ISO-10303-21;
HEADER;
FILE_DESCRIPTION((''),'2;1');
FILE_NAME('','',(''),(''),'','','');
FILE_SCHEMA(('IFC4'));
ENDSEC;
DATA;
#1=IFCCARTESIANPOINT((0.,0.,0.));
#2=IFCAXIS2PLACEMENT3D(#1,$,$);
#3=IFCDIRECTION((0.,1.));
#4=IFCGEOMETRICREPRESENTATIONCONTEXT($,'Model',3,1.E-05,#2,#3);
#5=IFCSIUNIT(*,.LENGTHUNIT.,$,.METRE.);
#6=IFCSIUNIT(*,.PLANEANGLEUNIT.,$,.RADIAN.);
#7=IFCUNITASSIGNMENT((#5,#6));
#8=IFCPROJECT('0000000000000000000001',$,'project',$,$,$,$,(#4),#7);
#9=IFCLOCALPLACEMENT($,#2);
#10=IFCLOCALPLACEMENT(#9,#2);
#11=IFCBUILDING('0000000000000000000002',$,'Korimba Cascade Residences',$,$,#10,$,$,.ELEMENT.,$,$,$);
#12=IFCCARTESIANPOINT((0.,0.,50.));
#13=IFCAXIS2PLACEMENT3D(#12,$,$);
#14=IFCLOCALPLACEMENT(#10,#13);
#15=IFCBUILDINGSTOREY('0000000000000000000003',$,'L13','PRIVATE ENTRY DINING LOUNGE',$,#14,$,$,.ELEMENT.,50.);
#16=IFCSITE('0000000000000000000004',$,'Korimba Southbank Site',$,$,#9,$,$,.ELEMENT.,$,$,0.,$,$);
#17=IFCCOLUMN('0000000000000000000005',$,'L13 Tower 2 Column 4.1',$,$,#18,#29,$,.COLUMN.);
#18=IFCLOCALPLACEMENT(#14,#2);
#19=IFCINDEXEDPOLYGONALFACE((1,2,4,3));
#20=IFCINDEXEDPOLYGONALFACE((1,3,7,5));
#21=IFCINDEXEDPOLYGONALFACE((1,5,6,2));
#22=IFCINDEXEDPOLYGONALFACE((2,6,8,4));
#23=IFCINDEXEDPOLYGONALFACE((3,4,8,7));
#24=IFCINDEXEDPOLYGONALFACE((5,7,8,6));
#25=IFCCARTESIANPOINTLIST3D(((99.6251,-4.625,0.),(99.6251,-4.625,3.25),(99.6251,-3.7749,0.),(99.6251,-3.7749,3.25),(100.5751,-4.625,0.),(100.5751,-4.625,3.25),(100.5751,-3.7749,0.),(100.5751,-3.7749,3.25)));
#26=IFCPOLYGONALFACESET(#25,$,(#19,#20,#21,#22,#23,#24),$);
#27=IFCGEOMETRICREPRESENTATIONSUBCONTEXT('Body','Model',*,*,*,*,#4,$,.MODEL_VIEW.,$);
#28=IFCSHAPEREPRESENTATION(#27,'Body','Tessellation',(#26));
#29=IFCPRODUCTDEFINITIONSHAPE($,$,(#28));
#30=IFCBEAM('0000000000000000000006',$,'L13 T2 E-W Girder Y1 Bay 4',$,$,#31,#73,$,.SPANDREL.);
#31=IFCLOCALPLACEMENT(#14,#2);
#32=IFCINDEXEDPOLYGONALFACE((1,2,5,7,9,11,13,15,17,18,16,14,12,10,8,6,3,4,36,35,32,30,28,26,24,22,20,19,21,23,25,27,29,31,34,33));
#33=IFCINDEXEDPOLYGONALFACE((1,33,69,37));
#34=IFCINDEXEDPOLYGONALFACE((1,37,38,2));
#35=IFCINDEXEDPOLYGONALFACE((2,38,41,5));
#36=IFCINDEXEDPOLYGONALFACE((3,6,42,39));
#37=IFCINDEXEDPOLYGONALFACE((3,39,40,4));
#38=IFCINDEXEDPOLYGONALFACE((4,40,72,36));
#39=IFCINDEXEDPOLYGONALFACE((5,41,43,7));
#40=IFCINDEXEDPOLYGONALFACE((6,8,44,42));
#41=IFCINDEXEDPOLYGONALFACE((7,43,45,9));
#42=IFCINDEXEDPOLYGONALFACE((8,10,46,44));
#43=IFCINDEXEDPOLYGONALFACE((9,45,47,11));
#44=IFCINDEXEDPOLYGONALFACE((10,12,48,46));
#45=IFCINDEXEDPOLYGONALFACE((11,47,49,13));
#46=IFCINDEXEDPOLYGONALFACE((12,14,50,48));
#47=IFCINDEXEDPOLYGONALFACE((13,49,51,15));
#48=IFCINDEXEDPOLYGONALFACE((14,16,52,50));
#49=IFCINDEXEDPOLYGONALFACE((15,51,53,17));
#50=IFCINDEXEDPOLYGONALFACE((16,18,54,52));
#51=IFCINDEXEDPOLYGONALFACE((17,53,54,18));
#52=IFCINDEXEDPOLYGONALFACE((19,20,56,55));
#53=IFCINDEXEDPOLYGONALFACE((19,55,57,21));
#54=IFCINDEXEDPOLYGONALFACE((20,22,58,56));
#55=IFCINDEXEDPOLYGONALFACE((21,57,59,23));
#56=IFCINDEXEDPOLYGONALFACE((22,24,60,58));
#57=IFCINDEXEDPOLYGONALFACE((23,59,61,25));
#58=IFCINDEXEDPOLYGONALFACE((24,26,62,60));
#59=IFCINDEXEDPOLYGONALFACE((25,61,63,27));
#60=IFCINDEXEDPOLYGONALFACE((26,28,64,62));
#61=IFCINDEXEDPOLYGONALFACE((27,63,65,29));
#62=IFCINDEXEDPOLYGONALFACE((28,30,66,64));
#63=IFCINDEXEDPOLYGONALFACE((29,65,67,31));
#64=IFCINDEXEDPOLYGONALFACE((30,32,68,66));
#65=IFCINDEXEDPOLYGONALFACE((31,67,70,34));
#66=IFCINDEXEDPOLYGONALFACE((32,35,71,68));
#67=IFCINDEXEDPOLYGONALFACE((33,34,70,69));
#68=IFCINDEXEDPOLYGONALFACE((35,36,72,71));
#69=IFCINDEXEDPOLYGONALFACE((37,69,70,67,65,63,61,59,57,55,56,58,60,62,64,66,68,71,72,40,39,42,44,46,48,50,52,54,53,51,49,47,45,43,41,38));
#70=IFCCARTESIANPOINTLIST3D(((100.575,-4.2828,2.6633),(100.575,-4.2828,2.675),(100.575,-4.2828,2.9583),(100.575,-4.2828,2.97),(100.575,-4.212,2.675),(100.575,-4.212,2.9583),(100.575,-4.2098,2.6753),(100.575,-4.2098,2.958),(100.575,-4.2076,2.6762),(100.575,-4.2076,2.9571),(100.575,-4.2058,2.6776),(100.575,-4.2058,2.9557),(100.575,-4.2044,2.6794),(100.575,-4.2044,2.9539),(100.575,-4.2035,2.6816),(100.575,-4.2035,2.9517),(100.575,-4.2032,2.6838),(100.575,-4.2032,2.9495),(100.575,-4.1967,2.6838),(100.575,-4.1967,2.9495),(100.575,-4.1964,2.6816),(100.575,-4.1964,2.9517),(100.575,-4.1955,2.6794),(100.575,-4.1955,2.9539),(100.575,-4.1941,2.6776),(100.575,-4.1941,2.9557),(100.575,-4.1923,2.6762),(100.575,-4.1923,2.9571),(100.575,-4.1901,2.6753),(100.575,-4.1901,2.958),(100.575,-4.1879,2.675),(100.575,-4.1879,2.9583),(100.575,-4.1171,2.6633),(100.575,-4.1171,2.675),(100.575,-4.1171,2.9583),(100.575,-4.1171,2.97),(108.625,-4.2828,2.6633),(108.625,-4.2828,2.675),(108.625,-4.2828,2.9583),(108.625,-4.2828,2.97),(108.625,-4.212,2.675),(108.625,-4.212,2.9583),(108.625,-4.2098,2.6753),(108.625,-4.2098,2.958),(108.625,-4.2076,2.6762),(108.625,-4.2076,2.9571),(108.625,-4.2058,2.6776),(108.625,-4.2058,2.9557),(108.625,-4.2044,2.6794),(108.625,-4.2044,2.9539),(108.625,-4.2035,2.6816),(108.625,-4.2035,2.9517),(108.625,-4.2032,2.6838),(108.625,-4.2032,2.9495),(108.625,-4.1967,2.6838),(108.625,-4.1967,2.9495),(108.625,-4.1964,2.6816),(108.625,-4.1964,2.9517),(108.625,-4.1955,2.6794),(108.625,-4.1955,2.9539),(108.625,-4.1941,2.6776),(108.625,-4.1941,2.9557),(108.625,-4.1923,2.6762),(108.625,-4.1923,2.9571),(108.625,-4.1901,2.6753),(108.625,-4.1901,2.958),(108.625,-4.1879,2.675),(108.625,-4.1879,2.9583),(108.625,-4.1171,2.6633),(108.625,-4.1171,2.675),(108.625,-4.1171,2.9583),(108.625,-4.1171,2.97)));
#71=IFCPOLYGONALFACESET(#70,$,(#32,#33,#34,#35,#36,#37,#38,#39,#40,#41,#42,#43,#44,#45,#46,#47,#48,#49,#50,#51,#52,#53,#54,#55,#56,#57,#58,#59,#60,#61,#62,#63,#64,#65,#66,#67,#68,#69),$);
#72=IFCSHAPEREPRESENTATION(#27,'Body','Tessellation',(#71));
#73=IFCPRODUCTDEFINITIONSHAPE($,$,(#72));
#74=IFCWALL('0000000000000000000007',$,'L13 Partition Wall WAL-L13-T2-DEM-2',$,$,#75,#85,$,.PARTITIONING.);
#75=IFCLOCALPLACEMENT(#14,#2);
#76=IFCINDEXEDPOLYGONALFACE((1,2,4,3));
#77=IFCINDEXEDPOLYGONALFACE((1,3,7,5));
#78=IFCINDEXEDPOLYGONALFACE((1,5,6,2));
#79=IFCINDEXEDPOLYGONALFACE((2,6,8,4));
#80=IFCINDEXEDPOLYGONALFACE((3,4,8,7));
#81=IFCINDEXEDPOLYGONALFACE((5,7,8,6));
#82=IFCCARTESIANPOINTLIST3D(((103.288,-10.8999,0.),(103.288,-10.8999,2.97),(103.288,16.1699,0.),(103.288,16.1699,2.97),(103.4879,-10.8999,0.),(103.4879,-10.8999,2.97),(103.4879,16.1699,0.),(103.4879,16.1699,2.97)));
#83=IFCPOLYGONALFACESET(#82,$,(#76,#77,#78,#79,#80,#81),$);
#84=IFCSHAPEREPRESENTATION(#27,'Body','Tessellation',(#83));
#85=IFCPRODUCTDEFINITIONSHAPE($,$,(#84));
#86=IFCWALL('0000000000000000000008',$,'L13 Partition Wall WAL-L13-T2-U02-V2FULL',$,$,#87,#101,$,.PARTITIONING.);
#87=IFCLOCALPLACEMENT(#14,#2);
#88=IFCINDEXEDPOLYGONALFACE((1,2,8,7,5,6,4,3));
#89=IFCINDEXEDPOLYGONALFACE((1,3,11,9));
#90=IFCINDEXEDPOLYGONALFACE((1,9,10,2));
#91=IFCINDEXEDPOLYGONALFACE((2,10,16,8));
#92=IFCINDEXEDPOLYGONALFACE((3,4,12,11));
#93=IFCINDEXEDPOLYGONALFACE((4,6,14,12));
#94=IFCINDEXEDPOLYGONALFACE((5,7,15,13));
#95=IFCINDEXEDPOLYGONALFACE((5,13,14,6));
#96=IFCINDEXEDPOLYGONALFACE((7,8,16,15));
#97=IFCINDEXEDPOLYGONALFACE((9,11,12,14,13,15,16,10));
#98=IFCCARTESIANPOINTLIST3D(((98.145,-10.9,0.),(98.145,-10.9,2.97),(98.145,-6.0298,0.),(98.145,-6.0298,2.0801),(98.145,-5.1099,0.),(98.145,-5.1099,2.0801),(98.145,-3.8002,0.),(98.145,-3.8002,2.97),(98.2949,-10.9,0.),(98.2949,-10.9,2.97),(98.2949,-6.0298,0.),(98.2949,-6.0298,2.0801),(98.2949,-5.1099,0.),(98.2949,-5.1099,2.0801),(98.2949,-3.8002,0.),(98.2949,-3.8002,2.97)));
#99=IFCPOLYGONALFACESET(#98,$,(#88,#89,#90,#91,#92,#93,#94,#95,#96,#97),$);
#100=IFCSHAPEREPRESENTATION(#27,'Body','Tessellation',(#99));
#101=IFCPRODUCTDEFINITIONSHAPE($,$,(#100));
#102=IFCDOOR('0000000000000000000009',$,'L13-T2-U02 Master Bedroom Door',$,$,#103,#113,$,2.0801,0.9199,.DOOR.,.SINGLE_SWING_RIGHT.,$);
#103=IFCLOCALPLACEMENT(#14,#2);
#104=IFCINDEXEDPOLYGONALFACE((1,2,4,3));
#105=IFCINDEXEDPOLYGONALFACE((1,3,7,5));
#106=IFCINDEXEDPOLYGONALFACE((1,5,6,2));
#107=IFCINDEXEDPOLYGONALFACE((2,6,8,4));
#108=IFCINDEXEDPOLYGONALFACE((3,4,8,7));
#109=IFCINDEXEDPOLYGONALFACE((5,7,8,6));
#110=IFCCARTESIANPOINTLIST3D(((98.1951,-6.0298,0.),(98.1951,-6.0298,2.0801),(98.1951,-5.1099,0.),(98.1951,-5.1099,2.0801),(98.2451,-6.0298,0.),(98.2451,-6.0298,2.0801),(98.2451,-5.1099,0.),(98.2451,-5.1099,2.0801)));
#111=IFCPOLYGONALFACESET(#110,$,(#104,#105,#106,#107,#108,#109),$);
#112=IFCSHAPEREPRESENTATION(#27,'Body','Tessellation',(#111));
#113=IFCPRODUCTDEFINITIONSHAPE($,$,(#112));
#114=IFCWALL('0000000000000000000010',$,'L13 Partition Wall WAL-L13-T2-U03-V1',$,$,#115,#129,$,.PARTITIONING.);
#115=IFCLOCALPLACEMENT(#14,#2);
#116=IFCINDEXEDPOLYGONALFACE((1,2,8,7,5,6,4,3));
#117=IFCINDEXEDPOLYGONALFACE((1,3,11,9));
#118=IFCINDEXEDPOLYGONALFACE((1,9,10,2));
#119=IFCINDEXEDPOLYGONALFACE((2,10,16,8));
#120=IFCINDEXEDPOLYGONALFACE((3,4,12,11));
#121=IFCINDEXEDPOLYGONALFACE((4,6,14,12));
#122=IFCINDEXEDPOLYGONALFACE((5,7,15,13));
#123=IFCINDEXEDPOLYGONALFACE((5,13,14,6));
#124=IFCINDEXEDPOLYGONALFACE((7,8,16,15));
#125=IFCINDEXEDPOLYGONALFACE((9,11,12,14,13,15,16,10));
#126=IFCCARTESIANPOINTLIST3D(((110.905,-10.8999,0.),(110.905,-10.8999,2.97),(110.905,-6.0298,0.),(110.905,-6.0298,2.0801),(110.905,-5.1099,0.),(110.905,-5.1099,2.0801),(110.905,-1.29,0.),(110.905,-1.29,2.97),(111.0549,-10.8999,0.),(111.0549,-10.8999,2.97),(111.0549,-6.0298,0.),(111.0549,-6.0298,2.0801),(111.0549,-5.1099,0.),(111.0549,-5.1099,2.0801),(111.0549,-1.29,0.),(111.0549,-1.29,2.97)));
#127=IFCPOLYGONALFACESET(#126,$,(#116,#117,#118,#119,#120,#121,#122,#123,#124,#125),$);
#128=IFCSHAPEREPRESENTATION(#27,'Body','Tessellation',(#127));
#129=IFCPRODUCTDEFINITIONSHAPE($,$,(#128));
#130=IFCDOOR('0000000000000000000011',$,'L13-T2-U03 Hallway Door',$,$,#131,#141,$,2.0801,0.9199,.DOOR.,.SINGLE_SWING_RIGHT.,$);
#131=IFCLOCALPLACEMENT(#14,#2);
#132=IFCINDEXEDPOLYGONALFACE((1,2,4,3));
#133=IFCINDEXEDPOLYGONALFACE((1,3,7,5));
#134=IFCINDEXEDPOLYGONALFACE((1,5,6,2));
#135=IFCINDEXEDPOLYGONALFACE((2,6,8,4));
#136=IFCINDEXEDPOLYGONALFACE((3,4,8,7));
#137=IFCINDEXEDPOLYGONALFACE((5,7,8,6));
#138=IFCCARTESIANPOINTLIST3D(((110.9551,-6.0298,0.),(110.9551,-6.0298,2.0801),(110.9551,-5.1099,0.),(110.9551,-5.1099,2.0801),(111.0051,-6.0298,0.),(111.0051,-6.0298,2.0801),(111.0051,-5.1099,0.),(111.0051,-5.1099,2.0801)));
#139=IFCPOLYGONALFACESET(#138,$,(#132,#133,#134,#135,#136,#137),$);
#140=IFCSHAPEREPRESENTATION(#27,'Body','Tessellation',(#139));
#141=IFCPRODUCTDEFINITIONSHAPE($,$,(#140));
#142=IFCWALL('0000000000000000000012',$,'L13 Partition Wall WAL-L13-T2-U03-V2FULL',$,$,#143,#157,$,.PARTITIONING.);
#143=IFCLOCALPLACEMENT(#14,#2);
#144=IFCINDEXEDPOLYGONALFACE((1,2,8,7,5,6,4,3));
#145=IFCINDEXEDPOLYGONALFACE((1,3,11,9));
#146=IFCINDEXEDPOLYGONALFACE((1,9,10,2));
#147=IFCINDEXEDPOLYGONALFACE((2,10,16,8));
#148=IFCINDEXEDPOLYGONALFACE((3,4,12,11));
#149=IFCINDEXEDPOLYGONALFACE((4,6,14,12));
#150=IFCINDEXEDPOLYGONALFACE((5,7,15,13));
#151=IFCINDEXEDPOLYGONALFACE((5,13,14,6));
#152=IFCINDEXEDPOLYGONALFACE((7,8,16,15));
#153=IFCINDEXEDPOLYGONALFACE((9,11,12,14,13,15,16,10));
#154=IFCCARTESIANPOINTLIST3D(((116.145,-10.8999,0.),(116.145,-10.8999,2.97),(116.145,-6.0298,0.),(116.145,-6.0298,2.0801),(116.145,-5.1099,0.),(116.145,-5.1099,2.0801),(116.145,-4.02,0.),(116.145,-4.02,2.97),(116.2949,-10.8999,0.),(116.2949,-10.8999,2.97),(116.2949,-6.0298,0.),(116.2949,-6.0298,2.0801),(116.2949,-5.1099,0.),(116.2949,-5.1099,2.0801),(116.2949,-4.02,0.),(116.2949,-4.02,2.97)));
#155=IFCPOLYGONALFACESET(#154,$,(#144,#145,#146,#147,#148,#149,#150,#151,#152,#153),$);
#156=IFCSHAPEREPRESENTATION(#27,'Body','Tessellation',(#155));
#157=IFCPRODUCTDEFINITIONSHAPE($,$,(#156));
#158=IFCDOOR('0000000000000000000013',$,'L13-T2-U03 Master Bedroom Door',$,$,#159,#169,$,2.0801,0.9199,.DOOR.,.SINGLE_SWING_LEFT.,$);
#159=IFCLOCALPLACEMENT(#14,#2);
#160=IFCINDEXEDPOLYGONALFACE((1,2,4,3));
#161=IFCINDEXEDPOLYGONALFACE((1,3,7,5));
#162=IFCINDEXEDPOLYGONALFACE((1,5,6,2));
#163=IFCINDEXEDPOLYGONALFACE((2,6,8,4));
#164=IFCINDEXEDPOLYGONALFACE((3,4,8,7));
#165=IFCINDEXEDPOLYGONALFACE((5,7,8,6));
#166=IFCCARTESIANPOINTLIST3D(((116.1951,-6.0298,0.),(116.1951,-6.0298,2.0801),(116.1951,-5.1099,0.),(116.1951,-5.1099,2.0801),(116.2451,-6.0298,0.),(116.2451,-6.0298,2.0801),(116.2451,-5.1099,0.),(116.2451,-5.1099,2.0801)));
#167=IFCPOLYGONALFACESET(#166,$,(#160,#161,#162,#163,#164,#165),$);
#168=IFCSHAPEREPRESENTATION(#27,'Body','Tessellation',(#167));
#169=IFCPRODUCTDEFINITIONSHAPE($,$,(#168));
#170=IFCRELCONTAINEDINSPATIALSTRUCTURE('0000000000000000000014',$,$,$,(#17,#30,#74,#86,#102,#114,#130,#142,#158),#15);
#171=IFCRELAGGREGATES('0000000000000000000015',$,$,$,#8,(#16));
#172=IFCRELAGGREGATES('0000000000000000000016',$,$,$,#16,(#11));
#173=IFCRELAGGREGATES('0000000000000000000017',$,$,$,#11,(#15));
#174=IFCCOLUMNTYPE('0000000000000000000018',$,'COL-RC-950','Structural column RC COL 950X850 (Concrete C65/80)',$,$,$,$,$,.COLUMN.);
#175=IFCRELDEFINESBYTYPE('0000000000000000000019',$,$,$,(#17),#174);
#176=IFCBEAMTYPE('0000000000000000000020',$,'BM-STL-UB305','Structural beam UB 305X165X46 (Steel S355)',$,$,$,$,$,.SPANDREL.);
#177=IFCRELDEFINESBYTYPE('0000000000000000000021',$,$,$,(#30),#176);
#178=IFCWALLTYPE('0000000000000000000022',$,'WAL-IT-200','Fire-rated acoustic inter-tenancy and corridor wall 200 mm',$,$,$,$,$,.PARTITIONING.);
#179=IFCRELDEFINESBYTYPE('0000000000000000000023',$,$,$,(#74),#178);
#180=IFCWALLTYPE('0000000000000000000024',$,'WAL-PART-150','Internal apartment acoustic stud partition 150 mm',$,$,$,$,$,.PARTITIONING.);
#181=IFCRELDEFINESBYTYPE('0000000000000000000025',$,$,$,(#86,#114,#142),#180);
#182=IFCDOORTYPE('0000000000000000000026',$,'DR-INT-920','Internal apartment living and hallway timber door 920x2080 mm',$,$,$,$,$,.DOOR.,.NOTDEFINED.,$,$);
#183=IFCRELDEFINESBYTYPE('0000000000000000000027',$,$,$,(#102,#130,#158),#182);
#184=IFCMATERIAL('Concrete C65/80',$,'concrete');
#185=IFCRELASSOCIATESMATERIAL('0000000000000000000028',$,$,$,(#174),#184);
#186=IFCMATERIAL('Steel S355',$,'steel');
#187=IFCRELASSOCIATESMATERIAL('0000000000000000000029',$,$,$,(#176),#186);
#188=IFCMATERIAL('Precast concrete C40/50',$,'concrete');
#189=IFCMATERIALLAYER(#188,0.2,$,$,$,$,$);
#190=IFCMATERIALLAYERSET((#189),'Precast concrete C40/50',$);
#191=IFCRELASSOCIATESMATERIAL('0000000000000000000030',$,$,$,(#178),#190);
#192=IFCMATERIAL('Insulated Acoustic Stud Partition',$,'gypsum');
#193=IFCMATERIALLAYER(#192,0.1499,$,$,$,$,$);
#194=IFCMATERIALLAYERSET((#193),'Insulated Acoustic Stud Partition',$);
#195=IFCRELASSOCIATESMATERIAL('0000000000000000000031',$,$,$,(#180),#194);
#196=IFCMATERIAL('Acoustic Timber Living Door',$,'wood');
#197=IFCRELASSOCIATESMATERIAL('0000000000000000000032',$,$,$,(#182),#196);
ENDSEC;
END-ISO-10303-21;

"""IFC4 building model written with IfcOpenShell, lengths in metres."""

from ifc_helpers import new_model, si_unit, direction, frame, frame_2d, origin, origin_2d, place, context, subcontext, project, spatial, rectangle, i_section, extrude, material, layer, layer_set, material_profile, profile_set, type_object, element, fill, save


model = new_model("IFC4")

# Units and contexts
model_context = context("Model", 3, precision=1e-05, world=origin(), true_north=direction((0.0, 1.0)))
body_context = subcontext(model_context, "Body", "Model", "MODEL_VIEW")
ifc_project = project(units=[si_unit("LENGTHUNIT", "METRE"), si_unit("PLANEANGLEUNIT", "RADIAN")], contexts=[model_context])

# Site, building, storey
site_placement = place(None, origin())
site = spatial("IfcSite", under=ifc_project, at=site_placement, Name="Korimba Southbank Site", CompositionType="ELEMENT", RefElevation=0.0)
building_placement = place(site_placement, origin())
building = spatial("IfcBuilding", under=site, at=building_placement, Name="Korimba Cascade Residences", CompositionType="ELEMENT")
storey_placement = place(building_placement, frame((0.0, 0.0, 50.0)))
storey = spatial("IfcBuildingStorey", under=building, at=storey_placement, Name="L13", Description="PRIVATE ENTRY DINING LOUNGE", CompositionType="ELEMENT", Elevation=50.0)

# Column
ifc_material_1 = material(Name="Concrete C65/80", Category="concrete")
ifc_material_profile_1 = material_profile(ifc_material_1, rectangle(XDim=0.95, YDim=0.8501, at=origin_2d()), Name="Concrete C65/80")
ifc_profile_set_1 = profile_set([ifc_material_profile_1], Name="Concrete C65/80")
column_type = type_object("IfcColumnType", Name="COL-RC-950", Description="Structural column RC COL 950X850 (Concrete C65/80)", PredefinedType="COLUMN", material=ifc_profile_set_1)
column_placement = place(storey_placement, frame((100.1001, -4.2, 0.0), z_axis=(0.0, 0.0, 1.0), x_axis=(1.0, 0.0, 0.0)))
element("IfcColumn", 1, at=column_placement, inside=storey, type_object=column_type, Name="L13 Tower 2 Column 4.1", PredefinedType="COLUMN", context=body_context, shape_type="SweptSolid", body=[
    extrude(rectangle(XDim=0.95, YDim=0.8501, at=origin_2d()), origin(), (0.0, 0.0, 1.0), 3.25),
])

# Beam
ifc_material_2 = material(Name="Steel S355", Category="steel")
ifc_material_profile_2 = material_profile(ifc_material_2, i_section(OverallWidth=0.1658, OverallDepth=0.3066, WebThickness=0.0066, FlangeThickness=0.0117, FilletRadius=0.0088, at=origin_2d()), Name="Steel S355")
ifc_profile_set_2 = profile_set([ifc_material_profile_2], Name="Steel S355")
beam_type = type_object("IfcBeamType", Name="BM-STL-UB305", Description="Structural beam UB 305X165X46 (Steel S355)", PredefinedType="SPANDREL", material=ifc_profile_set_2)
beam_placement = place(storey_placement, frame((100.575, -4.2, 2.8167), z_axis=(1.0, 0.0, 0.0), x_axis=(0.0, 1.0, 0.0)))
element("IfcBeam", 2, at=beam_placement, inside=storey, type_object=beam_type, Name="L13 T2 E-W Girder Y1 Bay 4", PredefinedType="SPANDREL", context=body_context, shape_type="SweptSolid", body=[
    extrude(i_section(OverallWidth=0.1658, OverallDepth=0.3066, WebThickness=0.0066, FlangeThickness=0.0117, FilletRadius=0.0088, at=origin_2d()), origin(), (0.0, 0.0, 1.0), 8.05),
])

# Wall
ifc_material_3 = material(Name="Precast concrete C40/50", Category="concrete")
ifc_layer_1 = layer(ifc_material_3, 0.2)
ifc_layer_set_1 = layer_set([ifc_layer_1], Name="Precast concrete C40/50")
wall_type_1 = type_object("IfcWallType", Name="WAL-IT-200", Description="Fire-rated acoustic inter-tenancy and corridor wall 200 mm", PredefinedType="PARTITIONING", material=ifc_layer_set_1)
wall_1_placement = place(storey_placement, frame((103.3879, -10.8999, 0.0), z_axis=(0.0, 0.0, 1.0), x_axis=(0.0, 1.0, 0.0)))
element("IfcWall", 3, at=wall_1_placement, inside=storey, type_object=wall_type_1, Name="L13 Partition Wall WAL-L13-T2-DEM-2", PredefinedType="PARTITIONING", context=body_context, shape_type="SweptSolid", body=[
    extrude(rectangle(XDim=27.0698, YDim=0.2, at=frame_2d((13.5349, 0.0))), origin(), (0.0, 0.0, 1.0), 2.97),
])

# Walls, openings, doors
ifc_material_4 = material(Name="Insulated Acoustic Stud Partition", Category="gypsum")
ifc_layer_2 = layer(ifc_material_4, 0.1499)
ifc_layer_set_2 = layer_set([ifc_layer_2], Name="Insulated Acoustic Stud Partition")
wall_type_2 = type_object("IfcWallType", Name="WAL-PART-150", Description="Internal apartment acoustic stud partition 150 mm", PredefinedType="PARTITIONING", material=ifc_layer_set_2)
wall_2_placement = place(storey_placement, frame((98.22, -10.8999, 0.0), z_axis=(0.0, 0.0, 1.0), x_axis=(0.0, 1.0, 0.0)))
wall_2 = element("IfcWall", 4, at=wall_2_placement, inside=storey, type_object=wall_type_2, Name="L13 Partition Wall WAL-L13-T2-U02-V2FULL", PredefinedType="PARTITIONING", context=body_context, shape_type="SweptSolid", body=[
    extrude(rectangle(XDim=7.0999, YDim=0.1499, at=frame_2d((3.5498, 0.0))), origin(), (0.0, 0.0, 1.0), 2.97),
])
opening_1_placement = place(wall_2_placement, frame((4.8701, 0.0, 0.0)))
opening_1 = element("IfcOpeningElement", 5, at=opening_1_placement, cuts=wall_2, PredefinedType="OPENING", context=body_context, shape_type="SweptSolid", body=[
    extrude(rectangle(XDim=0.9199, YDim=2.0801, at=frame_2d((0.46, 1.04))), frame((0.0, 0.085, 0.0), z_axis=(0.0, -1.0, 0.0), x_axis=(1.0, 0.0, 0.0)), (0.0, 0.0, 1.0), 0.1699),
])
ifc_material_5 = material(Name="Acoustic Timber Living Door", Category="wood")
door_type_1 = type_object("IfcDoorType", Name="DR-INT-920", Description="Internal apartment living and hallway timber door 920x2080 mm", OperationType="NOTDEFINED", PredefinedType="DOOR", material=ifc_material_5)
door_1_placement = place(opening_1_placement, origin())
door_1 = element("IfcDoor", 6, at=door_1_placement, inside=storey, type_object=door_type_1, Name="L13-T2-U02 Master Bedroom Door", OperationType="SINGLE_SWING_RIGHT", OverallHeight=2.0801, OverallWidth=0.9199, PredefinedType="DOOR", context=body_context, shape_type="SweptSolid", body=[
    extrude(rectangle(XDim=0.9199, YDim=2.0801, at=frame_2d((0.46, 1.04))), frame((0.0, 0.0249, 0.0), z_axis=(0.0, -1.0, 0.0), x_axis=(1.0, 0.0, 0.0)), (0.0, 0.0, 1.0), 0.05),
])
fill(opening_1, door_1)
wall_3_placement = place(storey_placement, frame((110.98, -10.8999, 0.0), z_axis=(0.0, 0.0, 1.0), x_axis=(0.0, 1.0, 0.0)))
wall_3 = element("IfcWall", 7, at=wall_3_placement, inside=storey, type_object=wall_type_2, Name="L13 Partition Wall WAL-L13-T2-U03-V1", PredefinedType="PARTITIONING", context=body_context, shape_type="SweptSolid", body=[
    extrude(rectangle(XDim=9.6099, YDim=0.1499, at=frame_2d((4.8049, 0.0))), origin(), (0.0, 0.0, 1.0), 2.97),
])
opening_2_placement = place(wall_3_placement, frame((4.8701, 0.0, 0.0)))
opening_2 = element("IfcOpeningElement", 8, at=opening_2_placement, cuts=wall_3, PredefinedType="OPENING", context=body_context, shape_type="SweptSolid", body=[
    extrude(rectangle(XDim=0.9199, YDim=2.0801, at=frame_2d((0.46, 1.04))), frame((0.0, 0.085, 0.0), z_axis=(0.0, -1.0, 0.0), x_axis=(1.0, 0.0, 0.0)), (0.0, 0.0, 1.0), 0.1699),
])
door_2_placement = place(opening_2_placement, origin())
door_2 = element("IfcDoor", 9, at=door_2_placement, inside=storey, type_object=door_type_1, Name="L13-T2-U03 Hallway Door", OperationType="SINGLE_SWING_RIGHT", OverallHeight=2.0801, OverallWidth=0.9199, PredefinedType="DOOR", context=body_context, shape_type="SweptSolid", body=[
    extrude(rectangle(XDim=0.9199, YDim=2.0801, at=frame_2d((0.46, 1.04))), frame((0.0, 0.0249, 0.0), z_axis=(0.0, -1.0, 0.0), x_axis=(1.0, 0.0, 0.0)), (0.0, 0.0, 1.0), 0.05),
])
fill(opening_2, door_2)
wall_4_placement = place(storey_placement, frame((116.22, -10.8999, 0.0), z_axis=(0.0, 0.0, 1.0), x_axis=(0.0, 1.0, 0.0)))
wall_4 = element("IfcWall", 10, at=wall_4_placement, inside=storey, type_object=wall_type_2, Name="L13 Partition Wall WAL-L13-T2-U03-V2FULL", PredefinedType="PARTITIONING", context=body_context, shape_type="SweptSolid", body=[
    extrude(rectangle(XDim=6.8799, YDim=0.1499, at=frame_2d((3.4399, 0.0))), origin(), (0.0, 0.0, 1.0), 2.97),
])
opening_3_placement = place(wall_4_placement, frame((4.8701, 0.0, 0.0)))
opening_3 = element("IfcOpeningElement", 11, at=opening_3_placement, cuts=wall_4, PredefinedType="OPENING", context=body_context, shape_type="SweptSolid", body=[
    extrude(rectangle(XDim=0.9199, YDim=2.0801, at=frame_2d((0.46, 1.04))), frame((0.0, 0.085, 0.0), z_axis=(0.0, -1.0, 0.0), x_axis=(1.0, 0.0, 0.0)), (0.0, 0.0, 1.0), 0.1699),
])
door_3_placement = place(opening_3_placement, origin())
door_3 = element("IfcDoor", 12, at=door_3_placement, inside=storey, type_object=door_type_1, Name="L13-T2-U03 Master Bedroom Door", OperationType="SINGLE_SWING_LEFT", OverallHeight=2.0801, OverallWidth=0.9199, PredefinedType="DOOR", context=body_context, shape_type="SweptSolid", body=[
    extrude(rectangle(XDim=0.9199, YDim=2.0801, at=frame_2d((0.46, 1.04))), frame((0.0, 0.0249, 0.0), z_axis=(0.0, -1.0, 0.0), x_axis=(1.0, 0.0, 0.0)), (0.0, 0.0, 1.0), 0.05),
])
fill(opening_3, door_3)

save(model, "model.ifc")
